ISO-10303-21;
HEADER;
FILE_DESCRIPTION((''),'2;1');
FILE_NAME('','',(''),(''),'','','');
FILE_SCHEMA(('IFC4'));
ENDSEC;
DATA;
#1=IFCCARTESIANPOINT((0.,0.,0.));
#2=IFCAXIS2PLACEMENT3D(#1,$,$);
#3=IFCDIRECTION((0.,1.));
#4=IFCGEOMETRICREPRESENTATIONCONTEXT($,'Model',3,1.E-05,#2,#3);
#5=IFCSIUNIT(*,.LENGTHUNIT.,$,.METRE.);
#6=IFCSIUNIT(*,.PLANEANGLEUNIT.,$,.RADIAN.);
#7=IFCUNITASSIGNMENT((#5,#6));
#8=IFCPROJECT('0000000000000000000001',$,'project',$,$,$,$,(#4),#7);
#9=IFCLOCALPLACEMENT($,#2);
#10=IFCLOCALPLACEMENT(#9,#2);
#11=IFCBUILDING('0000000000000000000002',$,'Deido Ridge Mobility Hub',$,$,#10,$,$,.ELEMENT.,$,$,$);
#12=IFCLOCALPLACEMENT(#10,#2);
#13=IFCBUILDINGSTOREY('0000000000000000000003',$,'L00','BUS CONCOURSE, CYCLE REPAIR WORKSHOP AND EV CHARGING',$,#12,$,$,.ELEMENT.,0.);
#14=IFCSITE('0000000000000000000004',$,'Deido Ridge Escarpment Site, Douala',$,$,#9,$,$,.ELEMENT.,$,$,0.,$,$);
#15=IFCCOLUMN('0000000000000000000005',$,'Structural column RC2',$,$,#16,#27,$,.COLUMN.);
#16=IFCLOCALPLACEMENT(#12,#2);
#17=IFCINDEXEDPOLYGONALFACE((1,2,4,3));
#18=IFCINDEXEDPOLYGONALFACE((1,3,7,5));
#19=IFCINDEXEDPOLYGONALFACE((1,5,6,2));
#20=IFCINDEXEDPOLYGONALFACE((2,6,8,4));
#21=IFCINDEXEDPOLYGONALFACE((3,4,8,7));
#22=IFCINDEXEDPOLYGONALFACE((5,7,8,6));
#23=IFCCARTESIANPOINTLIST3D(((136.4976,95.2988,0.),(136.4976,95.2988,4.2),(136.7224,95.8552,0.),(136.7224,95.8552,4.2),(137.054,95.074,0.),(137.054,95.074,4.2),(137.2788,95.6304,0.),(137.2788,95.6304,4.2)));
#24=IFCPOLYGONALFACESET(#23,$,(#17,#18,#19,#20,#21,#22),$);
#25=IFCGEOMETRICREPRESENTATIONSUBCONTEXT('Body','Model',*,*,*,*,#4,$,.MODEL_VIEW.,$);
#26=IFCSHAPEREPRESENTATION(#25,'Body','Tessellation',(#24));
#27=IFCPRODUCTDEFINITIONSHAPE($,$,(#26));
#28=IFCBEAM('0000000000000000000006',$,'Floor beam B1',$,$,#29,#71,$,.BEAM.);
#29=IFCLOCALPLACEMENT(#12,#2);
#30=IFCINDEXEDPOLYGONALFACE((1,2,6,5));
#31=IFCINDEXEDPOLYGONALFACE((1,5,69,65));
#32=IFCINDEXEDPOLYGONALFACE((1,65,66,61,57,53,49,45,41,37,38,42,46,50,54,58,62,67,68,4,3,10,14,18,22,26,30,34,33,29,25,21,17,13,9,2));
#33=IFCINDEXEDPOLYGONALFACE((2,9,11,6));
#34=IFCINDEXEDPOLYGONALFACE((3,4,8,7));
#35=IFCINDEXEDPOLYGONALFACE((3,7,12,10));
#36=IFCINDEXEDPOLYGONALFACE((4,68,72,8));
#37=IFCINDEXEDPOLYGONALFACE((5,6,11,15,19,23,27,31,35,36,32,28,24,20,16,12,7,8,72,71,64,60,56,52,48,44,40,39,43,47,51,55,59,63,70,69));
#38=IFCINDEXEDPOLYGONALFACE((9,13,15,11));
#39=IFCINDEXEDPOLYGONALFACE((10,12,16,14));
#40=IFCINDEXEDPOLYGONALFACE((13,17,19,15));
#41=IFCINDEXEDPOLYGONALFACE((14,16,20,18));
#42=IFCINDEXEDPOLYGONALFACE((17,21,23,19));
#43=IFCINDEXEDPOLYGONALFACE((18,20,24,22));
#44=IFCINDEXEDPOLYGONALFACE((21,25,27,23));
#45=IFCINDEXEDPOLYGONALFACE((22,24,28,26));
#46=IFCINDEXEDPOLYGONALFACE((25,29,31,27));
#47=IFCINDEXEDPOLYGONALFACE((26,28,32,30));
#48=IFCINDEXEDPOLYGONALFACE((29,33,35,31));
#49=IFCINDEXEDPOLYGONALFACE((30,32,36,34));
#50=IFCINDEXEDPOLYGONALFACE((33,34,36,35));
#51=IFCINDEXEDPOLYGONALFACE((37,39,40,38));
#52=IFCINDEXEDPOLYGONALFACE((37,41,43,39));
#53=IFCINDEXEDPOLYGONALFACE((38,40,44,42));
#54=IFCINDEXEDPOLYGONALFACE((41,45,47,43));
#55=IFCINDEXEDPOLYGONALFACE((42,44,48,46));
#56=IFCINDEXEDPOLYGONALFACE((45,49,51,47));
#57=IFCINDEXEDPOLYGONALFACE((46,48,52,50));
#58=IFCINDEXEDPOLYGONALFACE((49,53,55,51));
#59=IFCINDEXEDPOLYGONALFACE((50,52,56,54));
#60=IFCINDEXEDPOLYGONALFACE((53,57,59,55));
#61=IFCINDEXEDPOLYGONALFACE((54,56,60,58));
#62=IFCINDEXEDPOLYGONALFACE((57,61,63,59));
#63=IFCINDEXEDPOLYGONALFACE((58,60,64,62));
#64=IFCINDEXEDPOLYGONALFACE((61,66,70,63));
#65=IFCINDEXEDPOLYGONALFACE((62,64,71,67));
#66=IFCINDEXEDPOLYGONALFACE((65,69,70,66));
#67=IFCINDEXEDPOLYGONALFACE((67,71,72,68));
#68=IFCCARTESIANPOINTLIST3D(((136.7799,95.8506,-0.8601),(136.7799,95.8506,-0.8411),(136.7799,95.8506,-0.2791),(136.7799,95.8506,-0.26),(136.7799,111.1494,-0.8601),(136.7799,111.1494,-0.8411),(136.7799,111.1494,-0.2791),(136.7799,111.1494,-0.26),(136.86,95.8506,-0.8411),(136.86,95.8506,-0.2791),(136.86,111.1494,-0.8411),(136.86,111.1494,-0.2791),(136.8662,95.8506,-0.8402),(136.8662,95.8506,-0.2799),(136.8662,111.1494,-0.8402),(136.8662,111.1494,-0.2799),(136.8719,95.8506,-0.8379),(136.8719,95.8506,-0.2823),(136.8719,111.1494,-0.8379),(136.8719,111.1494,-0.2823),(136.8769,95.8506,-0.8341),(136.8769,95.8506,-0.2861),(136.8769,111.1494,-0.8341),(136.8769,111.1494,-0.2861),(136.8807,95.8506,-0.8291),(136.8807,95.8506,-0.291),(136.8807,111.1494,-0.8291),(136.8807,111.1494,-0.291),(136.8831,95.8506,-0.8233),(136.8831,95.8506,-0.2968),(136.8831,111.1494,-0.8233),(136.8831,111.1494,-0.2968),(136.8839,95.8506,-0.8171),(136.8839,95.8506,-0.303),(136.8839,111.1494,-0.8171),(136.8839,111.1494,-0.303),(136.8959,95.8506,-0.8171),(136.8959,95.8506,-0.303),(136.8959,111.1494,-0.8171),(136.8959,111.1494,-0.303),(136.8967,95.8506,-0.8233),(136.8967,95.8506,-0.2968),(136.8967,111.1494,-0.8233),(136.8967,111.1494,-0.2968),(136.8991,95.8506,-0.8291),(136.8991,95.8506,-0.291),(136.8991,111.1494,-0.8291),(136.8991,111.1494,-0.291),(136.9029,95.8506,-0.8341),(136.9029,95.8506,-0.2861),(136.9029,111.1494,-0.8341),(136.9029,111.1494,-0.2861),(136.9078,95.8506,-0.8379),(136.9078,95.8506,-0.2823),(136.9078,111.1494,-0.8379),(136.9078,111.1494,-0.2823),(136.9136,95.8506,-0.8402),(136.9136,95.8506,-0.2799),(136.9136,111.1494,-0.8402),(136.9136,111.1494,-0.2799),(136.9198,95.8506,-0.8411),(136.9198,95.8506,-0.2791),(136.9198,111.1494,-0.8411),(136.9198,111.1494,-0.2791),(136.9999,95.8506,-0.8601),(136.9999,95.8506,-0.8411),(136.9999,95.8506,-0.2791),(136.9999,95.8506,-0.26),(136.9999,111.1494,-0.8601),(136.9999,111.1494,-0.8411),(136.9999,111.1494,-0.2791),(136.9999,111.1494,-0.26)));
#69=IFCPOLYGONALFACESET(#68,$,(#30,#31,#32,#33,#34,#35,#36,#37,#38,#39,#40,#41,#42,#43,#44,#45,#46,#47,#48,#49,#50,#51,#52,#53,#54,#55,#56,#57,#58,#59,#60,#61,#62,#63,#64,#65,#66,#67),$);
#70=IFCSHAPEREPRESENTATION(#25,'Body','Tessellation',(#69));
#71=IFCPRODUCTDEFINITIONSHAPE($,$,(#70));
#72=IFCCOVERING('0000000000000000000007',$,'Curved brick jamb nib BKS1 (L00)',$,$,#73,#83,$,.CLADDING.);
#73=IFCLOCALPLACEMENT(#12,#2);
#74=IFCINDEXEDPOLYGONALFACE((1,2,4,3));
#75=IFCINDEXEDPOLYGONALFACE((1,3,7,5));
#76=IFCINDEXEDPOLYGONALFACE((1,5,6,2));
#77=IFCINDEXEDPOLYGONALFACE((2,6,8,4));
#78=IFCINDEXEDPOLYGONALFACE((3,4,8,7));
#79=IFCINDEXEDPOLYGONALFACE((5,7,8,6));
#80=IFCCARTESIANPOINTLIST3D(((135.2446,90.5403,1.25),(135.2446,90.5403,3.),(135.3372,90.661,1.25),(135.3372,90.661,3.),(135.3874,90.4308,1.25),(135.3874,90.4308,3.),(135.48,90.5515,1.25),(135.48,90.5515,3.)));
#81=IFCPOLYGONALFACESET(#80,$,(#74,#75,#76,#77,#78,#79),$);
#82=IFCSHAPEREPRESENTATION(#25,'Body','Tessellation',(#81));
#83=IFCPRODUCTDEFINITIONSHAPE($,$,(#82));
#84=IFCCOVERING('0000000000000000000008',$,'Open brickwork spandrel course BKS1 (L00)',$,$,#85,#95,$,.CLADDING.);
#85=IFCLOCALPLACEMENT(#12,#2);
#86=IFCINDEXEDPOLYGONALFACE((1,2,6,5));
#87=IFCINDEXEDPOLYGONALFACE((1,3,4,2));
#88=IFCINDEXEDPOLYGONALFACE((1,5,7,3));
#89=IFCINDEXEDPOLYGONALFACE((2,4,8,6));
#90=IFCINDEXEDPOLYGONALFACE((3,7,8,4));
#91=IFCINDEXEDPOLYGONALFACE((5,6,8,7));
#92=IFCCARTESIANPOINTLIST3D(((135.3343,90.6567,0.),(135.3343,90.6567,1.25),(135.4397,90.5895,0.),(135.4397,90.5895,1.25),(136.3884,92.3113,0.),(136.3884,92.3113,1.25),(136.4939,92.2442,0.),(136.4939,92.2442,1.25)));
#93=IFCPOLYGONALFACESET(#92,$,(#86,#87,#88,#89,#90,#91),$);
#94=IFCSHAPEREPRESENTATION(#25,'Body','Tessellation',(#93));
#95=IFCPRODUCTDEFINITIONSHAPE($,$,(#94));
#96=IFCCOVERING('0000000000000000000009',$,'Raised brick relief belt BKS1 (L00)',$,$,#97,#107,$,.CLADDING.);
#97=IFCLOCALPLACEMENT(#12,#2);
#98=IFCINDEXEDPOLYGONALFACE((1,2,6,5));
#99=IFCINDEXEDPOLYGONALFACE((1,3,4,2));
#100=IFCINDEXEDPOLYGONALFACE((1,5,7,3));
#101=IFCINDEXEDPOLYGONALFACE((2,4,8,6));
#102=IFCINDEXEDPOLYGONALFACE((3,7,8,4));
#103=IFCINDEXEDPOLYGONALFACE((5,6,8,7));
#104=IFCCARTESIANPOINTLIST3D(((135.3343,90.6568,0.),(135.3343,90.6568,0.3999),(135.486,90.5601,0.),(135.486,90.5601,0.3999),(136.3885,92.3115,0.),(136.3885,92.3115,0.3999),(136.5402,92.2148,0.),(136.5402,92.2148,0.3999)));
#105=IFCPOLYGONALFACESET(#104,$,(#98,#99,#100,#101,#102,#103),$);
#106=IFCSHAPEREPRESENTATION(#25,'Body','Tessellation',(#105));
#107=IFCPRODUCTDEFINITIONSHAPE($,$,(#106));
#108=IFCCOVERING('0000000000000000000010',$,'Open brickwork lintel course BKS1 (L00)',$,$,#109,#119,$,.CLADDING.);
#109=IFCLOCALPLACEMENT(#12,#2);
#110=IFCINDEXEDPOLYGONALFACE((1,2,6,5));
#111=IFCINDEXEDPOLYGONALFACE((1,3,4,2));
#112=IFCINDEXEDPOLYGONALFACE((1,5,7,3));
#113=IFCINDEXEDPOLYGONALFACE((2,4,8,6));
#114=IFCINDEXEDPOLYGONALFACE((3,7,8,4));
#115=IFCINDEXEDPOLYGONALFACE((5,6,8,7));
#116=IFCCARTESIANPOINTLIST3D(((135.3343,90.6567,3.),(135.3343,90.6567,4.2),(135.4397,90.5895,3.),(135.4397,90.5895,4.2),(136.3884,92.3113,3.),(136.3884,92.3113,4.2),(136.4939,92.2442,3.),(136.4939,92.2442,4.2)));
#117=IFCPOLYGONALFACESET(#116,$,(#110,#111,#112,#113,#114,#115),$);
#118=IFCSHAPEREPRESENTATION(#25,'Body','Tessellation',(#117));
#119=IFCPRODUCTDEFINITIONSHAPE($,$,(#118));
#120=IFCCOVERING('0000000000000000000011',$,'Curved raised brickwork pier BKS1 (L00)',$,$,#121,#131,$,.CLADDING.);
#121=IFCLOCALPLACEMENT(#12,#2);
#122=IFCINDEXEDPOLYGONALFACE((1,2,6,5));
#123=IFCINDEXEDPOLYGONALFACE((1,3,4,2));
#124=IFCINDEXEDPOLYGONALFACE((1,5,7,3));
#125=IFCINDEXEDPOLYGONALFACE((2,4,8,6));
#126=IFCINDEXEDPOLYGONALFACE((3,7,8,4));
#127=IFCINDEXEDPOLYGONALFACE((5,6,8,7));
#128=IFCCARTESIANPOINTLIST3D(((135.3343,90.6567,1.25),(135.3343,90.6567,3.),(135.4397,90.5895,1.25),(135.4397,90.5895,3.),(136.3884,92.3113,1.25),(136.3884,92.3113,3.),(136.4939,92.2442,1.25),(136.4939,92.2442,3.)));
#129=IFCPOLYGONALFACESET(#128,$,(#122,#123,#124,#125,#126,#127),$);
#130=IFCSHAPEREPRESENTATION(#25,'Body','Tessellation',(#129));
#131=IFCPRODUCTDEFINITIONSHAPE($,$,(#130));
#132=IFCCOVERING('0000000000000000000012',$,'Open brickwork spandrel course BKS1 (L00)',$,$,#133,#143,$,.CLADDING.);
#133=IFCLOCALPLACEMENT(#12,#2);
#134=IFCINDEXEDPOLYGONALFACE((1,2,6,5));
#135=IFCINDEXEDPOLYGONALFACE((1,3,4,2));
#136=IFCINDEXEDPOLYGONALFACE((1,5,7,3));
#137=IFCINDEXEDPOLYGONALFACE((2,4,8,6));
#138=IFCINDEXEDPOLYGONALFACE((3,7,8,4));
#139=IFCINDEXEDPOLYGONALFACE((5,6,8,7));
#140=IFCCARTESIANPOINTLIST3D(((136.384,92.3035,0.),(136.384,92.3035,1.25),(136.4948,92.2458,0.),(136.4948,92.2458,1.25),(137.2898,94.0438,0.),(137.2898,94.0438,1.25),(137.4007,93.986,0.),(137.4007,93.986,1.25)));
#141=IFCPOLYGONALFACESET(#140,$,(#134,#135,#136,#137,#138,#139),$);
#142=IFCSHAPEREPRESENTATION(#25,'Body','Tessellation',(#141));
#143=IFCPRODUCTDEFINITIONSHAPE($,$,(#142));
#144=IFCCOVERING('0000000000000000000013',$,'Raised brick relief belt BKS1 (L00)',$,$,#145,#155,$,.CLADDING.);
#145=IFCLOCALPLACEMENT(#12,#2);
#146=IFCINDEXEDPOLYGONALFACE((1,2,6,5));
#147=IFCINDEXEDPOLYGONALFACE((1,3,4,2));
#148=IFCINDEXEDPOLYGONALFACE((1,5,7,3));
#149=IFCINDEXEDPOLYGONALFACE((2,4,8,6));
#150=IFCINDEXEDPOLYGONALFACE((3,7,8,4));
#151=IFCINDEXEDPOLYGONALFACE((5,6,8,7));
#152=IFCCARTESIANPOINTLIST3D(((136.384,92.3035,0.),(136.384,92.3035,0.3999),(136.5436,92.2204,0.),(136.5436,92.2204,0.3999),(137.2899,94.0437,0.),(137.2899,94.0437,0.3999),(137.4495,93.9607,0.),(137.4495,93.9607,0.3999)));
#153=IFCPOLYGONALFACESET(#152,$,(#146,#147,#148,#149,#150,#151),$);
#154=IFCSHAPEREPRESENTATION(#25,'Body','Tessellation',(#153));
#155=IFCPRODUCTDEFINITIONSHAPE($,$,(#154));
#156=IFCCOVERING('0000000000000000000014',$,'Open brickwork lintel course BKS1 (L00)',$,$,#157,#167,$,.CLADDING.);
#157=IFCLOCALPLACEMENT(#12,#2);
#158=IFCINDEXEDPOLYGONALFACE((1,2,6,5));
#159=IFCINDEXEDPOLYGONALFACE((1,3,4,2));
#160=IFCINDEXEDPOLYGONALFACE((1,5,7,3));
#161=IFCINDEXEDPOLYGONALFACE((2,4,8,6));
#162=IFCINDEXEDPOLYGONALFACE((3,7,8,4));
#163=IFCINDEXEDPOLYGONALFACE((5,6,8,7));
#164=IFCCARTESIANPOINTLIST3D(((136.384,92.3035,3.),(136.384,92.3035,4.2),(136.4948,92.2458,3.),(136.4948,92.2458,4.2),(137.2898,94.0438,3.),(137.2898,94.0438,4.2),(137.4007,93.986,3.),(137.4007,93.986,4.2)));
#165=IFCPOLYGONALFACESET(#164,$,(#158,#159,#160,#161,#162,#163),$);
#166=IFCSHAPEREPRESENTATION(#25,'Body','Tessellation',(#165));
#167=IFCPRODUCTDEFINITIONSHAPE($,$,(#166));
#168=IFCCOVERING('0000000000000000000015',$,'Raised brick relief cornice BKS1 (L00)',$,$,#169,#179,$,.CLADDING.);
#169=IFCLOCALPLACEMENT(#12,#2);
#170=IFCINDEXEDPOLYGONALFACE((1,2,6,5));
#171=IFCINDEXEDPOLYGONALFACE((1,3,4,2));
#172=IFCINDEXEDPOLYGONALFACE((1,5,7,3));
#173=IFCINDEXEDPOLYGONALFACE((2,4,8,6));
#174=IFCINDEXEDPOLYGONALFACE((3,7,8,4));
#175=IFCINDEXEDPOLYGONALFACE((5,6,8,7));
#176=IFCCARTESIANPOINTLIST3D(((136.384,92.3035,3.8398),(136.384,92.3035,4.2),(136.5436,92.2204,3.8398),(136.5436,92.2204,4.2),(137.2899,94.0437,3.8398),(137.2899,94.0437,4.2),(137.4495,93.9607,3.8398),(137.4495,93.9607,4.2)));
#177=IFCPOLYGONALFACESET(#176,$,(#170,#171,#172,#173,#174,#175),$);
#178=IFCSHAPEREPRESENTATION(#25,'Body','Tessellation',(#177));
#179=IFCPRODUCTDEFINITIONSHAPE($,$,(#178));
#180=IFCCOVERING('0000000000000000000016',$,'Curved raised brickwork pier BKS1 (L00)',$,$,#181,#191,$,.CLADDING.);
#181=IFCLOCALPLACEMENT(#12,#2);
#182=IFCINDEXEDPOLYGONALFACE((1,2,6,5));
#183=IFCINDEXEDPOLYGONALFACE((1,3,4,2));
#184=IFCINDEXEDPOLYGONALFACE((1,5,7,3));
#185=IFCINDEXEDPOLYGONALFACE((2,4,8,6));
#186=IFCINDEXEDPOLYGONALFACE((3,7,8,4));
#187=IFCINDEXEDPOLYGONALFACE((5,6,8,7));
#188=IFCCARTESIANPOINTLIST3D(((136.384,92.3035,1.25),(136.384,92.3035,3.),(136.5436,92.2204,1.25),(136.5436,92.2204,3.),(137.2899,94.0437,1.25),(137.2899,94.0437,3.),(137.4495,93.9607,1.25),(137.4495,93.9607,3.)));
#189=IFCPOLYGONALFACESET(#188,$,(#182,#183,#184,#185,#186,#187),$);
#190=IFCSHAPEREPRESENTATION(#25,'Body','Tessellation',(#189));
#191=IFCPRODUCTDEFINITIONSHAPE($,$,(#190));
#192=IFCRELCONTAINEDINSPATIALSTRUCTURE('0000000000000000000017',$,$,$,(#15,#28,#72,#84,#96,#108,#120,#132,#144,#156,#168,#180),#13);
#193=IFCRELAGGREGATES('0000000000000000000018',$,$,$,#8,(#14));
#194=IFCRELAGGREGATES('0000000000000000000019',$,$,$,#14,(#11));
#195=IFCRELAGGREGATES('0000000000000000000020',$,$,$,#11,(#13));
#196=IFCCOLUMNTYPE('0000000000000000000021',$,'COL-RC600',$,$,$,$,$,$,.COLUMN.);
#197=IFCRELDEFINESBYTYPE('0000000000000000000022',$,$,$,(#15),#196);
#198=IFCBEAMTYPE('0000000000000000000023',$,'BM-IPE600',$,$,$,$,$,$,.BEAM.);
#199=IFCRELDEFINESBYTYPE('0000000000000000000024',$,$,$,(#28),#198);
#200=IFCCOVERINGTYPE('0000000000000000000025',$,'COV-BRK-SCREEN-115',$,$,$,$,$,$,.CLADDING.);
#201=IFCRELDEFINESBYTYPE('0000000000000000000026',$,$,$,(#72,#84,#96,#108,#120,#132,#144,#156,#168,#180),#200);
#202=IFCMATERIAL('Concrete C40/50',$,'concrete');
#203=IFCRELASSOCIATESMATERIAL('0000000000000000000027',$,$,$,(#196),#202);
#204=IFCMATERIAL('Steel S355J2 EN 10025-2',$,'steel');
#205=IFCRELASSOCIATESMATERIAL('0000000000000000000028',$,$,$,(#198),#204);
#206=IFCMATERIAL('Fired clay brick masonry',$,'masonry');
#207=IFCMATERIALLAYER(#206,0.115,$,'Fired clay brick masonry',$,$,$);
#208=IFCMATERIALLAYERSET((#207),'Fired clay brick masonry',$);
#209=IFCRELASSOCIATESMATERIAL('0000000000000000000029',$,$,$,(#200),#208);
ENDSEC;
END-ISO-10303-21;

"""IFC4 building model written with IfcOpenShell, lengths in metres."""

from ifc_helpers import new_model, si_unit, direction, frame, origin, origin_2d, place, context, subcontext, project, spatial, rectangle, i_section, extrude, material, layer, layer_set, material_profile, profile_set, type_object, element, save


model = new_model("IFC4")

# Units and contexts
model_context = context("Model", 3, precision=1e-05, world=origin(), true_north=direction((0.0, 1.0)))
body_context = subcontext(model_context, "Body", "Model", "MODEL_VIEW")
ifc_project = project(units=[si_unit("LENGTHUNIT", "METRE"), si_unit("PLANEANGLEUNIT", "RADIAN")], contexts=[model_context])

# Site, building, storey
site_placement = place(None, origin())
site = spatial("IfcSite", under=ifc_project, at=site_placement, Name="Deido Ridge Escarpment Site, Douala", CompositionType="ELEMENT", RefElevation=0.0)
building_placement = place(site_placement, origin())
building = spatial("IfcBuilding", under=site, at=building_placement, Name="Deido Ridge Mobility Hub", CompositionType="ELEMENT")
storey_placement = place(building_placement, origin())
storey = spatial("IfcBuildingStorey", under=building, at=storey_placement, Name="L00", Description="BUS CONCOURSE, CYCLE REPAIR WORKSHOP AND EV CHARGING", CompositionType="ELEMENT", Elevation=0.0)

# Column
ifc_material_1 = material(Name="Concrete C40/50", Category="concrete")
ifc_material_profile_1 = material_profile(ifc_material_1, rectangle(XDim=0.6001, YDim=0.6001, at=origin_2d()), Name="RC COL 600x600")
ifc_profile_set_1 = profile_set([ifc_material_profile_1], Name="Concrete C40/50")
column_type = type_object("IfcColumnType", Name="COL-RC600", PredefinedType="COLUMN", material=ifc_profile_set_1)
column_placement = place(storey_placement, frame((136.8882, 95.4646, 0.0), z_axis=(0.0, 0.0, 1.0), x_axis=(0.927184, -0.374607, 0.0)))
element("IfcColumn", 1, at=column_placement, inside=storey, type_object=column_type, Name="Structural column RC2", PredefinedType="COLUMN", context=body_context, shape_type="SweptSolid", body=[
    extrude(rectangle(XDim=0.6001, YDim=0.6001, at=origin_2d()), origin(), (0.0, 0.0, 1.0), 4.2),
])

# Beam
ifc_material_2 = material(Name="Steel S355J2 EN 10025-2", Category="steel")
ifc_material_profile_2 = material_profile(ifc_material_2, i_section(OverallWidth=0.22, OverallDepth=0.6001, WebThickness=0.012, FlangeThickness=0.019, FilletRadius=0.0239, at=origin_2d()), Name="IPE 600")
ifc_profile_set_2 = profile_set([ifc_material_profile_2], Name="Steel S355J2 EN 10025-2")
beam_type = type_object("IfcBeamType", Name="BM-IPE600", PredefinedType="BEAM", material=ifc_profile_set_2)
beam_placement = place(storey_placement, frame((136.8899, 95.8506, -0.5601), z_axis=(0.0, 1.0, 0.0), x_axis=(-1.0, 0.0, 0.0)))
element("IfcBeam", 2, at=beam_placement, inside=storey, type_object=beam_type, Name="Floor beam B1", PredefinedType="BEAM", context=body_context, shape_type="SweptSolid", body=[
    extrude(i_section(OverallWidth=0.22, OverallDepth=0.6001, WebThickness=0.012, FlangeThickness=0.019, FilletRadius=0.0239, at=origin_2d()), origin(), (0.0, 0.0, 1.0), 15.2988),
])

# Coverings
ifc_material_3 = material(Name="Fired clay brick masonry", Category="masonry")
ifc_layer = layer(ifc_material_3, 0.115, Name="Fired clay brick masonry")
ifc_layer_set = layer_set([ifc_layer], Name="Fired clay brick masonry")
covering_type = type_object("IfcCoveringType", Name="COV-BRK-SCREEN-115", PredefinedType="CLADDING", material=ifc_layer_set)
covering_1_placement = place(storey_placement, frame((135.3623, 90.5459, 1.25), z_axis=(0.0, 0.0, 1.0), x_axis=(0.608761, 0.793353, 0.0)))
element("IfcCovering", 3, at=covering_1_placement, inside=storey, type_object=covering_type, Name="Curved brick jamb nib BKS1 (L00)", PredefinedType="CLADDING", context=body_context, shape_type="SweptSolid", body=[
    extrude(rectangle(XDim=0.1521, YDim=0.1799, at=origin_2d()), origin(), (0.0, 0.0, 1.0), 1.75),
])
covering_2_placement = place(storey_placement, frame((135.9141, 91.4504, 0.0), z_axis=(0.0, 0.0, 1.0), x_axis=(0.537314, 0.843382, 0.0)))
element("IfcCovering", 4, at=covering_2_placement, inside=storey, type_object=covering_type, Name="Open brickwork spandrel course BKS1 (L00)", PredefinedType="CLADDING", context=body_context, shape_type="SweptSolid", body=[
    extrude(rectangle(XDim=1.9619, YDim=0.125, at=origin_2d()), origin(), (0.0, 0.0, 1.0), 1.25),
])
covering_3_placement = place(storey_placement, frame((135.9373, 91.4358, 0.0), z_axis=(0.0, 0.0, 1.0), x_axis=(0.537314, 0.843382, 0.0)))
element("IfcCovering", 5, at=covering_3_placement, inside=storey, type_object=covering_type, Name="Raised brick relief belt BKS1 (L00)", PredefinedType="CLADDING", context=body_context, shape_type="SweptSolid", body=[
    extrude(rectangle(XDim=1.9619, YDim=0.1799, at=origin_2d()), origin(), (0.0, 0.0, 1.0), 0.3999),
])
covering_4_placement = place(storey_placement, frame((135.9141, 91.4504, 3.0), z_axis=(0.0, 0.0, 1.0), x_axis=(0.537314, 0.843382, 0.0)))
element("IfcCovering", 6, at=covering_4_placement, inside=storey, type_object=covering_type, Name="Open brickwork lintel course BKS1 (L00)", PredefinedType="CLADDING", context=body_context, shape_type="SweptSolid", body=[
    extrude(rectangle(XDim=1.9619, YDim=0.125, at=origin_2d()), origin(), (0.0, 0.0, 1.0), 1.2),
])
covering_5_placement = place(storey_placement, frame((135.9141, 91.4504, 1.25), z_axis=(0.0, 0.0, 1.0), x_axis=(0.537314, 0.843382, 0.0)))
element("IfcCovering", 7, at=covering_5_placement, inside=storey, type_object=covering_type, Name="Curved raised brickwork pier BKS1 (L00)", PredefinedType="CLADDING", context=body_context, shape_type="SweptSolid", body=[
    extrude(rectangle(XDim=1.9619, YDim=0.125, at=origin_2d()), origin(), (0.0, 0.0, 1.0), 1.75),
])
covering_6_placement = place(storey_placement, frame((136.8923, 93.1448, 0.0), z_axis=(0.0, 0.0, 1.0), x_axis=(0.461733, 0.887019, 0.0)))
element("IfcCovering", 8, at=covering_6_placement, inside=storey, type_object=covering_type, Name="Open brickwork spandrel course BKS1 (L00)", PredefinedType="CLADDING", context=body_context, shape_type="SweptSolid", body=[
    extrude(rectangle(XDim=1.9619, YDim=0.125, at=origin_2d()), origin(), (0.0, 0.0, 1.0), 1.25),
])
covering_7_placement = place(storey_placement, frame((136.9167, 93.1321, 0.0), z_axis=(0.0, 0.0, 1.0), x_axis=(0.461733, 0.887019, 0.0)))
element("IfcCovering", 9, at=covering_7_placement, inside=storey, type_object=covering_type, Name="Raised brick relief belt BKS1 (L00)", PredefinedType="CLADDING", context=body_context, shape_type="SweptSolid", body=[
    extrude(rectangle(XDim=1.9619, YDim=0.1799, at=origin_2d()), origin(), (0.0, 0.0, 1.0), 0.3999),
])
covering_8_placement = place(storey_placement, frame((136.8923, 93.1448, 3.0), z_axis=(0.0, 0.0, 1.0), x_axis=(0.461733, 0.887019, 0.0)))
element("IfcCovering", 10, at=covering_8_placement, inside=storey, type_object=covering_type, Name="Open brickwork lintel course BKS1 (L00)", PredefinedType="CLADDING", context=body_context, shape_type="SweptSolid", body=[
    extrude(rectangle(XDim=1.9619, YDim=0.125, at=origin_2d()), origin(), (0.0, 0.0, 1.0), 1.2),
])
covering_9_placement = place(storey_placement, frame((136.9167, 93.1321, 3.8398), z_axis=(0.0, 0.0, 1.0), x_axis=(0.461733, 0.887019, 0.0)))
element("IfcCovering", 11, at=covering_9_placement, inside=storey, type_object=covering_type, Name="Raised brick relief cornice BKS1 (L00)", PredefinedType="CLADDING", context=body_context, shape_type="SweptSolid", body=[
    extrude(rectangle(XDim=1.9619, YDim=0.1799, at=origin_2d()), origin(), (0.0, 0.0, 1.0), 0.3601),
])
covering_10_placement = place(storey_placement, frame((136.9167, 93.1321, 1.25), z_axis=(0.0, 0.0, 1.0), x_axis=(0.461733, 0.887019, 0.0)))
element("IfcCovering", 12, at=covering_10_placement, inside=storey, type_object=covering_type, Name="Curved raised brickwork pier BKS1 (L00)", PredefinedType="CLADDING", context=body_context, shape_type="SweptSolid", body=[
    extrude(rectangle(XDim=1.9619, YDim=0.1799, at=origin_2d()), origin(), (0.0, 0.0, 1.0), 1.75),
])

save(model, "model.ifc")
